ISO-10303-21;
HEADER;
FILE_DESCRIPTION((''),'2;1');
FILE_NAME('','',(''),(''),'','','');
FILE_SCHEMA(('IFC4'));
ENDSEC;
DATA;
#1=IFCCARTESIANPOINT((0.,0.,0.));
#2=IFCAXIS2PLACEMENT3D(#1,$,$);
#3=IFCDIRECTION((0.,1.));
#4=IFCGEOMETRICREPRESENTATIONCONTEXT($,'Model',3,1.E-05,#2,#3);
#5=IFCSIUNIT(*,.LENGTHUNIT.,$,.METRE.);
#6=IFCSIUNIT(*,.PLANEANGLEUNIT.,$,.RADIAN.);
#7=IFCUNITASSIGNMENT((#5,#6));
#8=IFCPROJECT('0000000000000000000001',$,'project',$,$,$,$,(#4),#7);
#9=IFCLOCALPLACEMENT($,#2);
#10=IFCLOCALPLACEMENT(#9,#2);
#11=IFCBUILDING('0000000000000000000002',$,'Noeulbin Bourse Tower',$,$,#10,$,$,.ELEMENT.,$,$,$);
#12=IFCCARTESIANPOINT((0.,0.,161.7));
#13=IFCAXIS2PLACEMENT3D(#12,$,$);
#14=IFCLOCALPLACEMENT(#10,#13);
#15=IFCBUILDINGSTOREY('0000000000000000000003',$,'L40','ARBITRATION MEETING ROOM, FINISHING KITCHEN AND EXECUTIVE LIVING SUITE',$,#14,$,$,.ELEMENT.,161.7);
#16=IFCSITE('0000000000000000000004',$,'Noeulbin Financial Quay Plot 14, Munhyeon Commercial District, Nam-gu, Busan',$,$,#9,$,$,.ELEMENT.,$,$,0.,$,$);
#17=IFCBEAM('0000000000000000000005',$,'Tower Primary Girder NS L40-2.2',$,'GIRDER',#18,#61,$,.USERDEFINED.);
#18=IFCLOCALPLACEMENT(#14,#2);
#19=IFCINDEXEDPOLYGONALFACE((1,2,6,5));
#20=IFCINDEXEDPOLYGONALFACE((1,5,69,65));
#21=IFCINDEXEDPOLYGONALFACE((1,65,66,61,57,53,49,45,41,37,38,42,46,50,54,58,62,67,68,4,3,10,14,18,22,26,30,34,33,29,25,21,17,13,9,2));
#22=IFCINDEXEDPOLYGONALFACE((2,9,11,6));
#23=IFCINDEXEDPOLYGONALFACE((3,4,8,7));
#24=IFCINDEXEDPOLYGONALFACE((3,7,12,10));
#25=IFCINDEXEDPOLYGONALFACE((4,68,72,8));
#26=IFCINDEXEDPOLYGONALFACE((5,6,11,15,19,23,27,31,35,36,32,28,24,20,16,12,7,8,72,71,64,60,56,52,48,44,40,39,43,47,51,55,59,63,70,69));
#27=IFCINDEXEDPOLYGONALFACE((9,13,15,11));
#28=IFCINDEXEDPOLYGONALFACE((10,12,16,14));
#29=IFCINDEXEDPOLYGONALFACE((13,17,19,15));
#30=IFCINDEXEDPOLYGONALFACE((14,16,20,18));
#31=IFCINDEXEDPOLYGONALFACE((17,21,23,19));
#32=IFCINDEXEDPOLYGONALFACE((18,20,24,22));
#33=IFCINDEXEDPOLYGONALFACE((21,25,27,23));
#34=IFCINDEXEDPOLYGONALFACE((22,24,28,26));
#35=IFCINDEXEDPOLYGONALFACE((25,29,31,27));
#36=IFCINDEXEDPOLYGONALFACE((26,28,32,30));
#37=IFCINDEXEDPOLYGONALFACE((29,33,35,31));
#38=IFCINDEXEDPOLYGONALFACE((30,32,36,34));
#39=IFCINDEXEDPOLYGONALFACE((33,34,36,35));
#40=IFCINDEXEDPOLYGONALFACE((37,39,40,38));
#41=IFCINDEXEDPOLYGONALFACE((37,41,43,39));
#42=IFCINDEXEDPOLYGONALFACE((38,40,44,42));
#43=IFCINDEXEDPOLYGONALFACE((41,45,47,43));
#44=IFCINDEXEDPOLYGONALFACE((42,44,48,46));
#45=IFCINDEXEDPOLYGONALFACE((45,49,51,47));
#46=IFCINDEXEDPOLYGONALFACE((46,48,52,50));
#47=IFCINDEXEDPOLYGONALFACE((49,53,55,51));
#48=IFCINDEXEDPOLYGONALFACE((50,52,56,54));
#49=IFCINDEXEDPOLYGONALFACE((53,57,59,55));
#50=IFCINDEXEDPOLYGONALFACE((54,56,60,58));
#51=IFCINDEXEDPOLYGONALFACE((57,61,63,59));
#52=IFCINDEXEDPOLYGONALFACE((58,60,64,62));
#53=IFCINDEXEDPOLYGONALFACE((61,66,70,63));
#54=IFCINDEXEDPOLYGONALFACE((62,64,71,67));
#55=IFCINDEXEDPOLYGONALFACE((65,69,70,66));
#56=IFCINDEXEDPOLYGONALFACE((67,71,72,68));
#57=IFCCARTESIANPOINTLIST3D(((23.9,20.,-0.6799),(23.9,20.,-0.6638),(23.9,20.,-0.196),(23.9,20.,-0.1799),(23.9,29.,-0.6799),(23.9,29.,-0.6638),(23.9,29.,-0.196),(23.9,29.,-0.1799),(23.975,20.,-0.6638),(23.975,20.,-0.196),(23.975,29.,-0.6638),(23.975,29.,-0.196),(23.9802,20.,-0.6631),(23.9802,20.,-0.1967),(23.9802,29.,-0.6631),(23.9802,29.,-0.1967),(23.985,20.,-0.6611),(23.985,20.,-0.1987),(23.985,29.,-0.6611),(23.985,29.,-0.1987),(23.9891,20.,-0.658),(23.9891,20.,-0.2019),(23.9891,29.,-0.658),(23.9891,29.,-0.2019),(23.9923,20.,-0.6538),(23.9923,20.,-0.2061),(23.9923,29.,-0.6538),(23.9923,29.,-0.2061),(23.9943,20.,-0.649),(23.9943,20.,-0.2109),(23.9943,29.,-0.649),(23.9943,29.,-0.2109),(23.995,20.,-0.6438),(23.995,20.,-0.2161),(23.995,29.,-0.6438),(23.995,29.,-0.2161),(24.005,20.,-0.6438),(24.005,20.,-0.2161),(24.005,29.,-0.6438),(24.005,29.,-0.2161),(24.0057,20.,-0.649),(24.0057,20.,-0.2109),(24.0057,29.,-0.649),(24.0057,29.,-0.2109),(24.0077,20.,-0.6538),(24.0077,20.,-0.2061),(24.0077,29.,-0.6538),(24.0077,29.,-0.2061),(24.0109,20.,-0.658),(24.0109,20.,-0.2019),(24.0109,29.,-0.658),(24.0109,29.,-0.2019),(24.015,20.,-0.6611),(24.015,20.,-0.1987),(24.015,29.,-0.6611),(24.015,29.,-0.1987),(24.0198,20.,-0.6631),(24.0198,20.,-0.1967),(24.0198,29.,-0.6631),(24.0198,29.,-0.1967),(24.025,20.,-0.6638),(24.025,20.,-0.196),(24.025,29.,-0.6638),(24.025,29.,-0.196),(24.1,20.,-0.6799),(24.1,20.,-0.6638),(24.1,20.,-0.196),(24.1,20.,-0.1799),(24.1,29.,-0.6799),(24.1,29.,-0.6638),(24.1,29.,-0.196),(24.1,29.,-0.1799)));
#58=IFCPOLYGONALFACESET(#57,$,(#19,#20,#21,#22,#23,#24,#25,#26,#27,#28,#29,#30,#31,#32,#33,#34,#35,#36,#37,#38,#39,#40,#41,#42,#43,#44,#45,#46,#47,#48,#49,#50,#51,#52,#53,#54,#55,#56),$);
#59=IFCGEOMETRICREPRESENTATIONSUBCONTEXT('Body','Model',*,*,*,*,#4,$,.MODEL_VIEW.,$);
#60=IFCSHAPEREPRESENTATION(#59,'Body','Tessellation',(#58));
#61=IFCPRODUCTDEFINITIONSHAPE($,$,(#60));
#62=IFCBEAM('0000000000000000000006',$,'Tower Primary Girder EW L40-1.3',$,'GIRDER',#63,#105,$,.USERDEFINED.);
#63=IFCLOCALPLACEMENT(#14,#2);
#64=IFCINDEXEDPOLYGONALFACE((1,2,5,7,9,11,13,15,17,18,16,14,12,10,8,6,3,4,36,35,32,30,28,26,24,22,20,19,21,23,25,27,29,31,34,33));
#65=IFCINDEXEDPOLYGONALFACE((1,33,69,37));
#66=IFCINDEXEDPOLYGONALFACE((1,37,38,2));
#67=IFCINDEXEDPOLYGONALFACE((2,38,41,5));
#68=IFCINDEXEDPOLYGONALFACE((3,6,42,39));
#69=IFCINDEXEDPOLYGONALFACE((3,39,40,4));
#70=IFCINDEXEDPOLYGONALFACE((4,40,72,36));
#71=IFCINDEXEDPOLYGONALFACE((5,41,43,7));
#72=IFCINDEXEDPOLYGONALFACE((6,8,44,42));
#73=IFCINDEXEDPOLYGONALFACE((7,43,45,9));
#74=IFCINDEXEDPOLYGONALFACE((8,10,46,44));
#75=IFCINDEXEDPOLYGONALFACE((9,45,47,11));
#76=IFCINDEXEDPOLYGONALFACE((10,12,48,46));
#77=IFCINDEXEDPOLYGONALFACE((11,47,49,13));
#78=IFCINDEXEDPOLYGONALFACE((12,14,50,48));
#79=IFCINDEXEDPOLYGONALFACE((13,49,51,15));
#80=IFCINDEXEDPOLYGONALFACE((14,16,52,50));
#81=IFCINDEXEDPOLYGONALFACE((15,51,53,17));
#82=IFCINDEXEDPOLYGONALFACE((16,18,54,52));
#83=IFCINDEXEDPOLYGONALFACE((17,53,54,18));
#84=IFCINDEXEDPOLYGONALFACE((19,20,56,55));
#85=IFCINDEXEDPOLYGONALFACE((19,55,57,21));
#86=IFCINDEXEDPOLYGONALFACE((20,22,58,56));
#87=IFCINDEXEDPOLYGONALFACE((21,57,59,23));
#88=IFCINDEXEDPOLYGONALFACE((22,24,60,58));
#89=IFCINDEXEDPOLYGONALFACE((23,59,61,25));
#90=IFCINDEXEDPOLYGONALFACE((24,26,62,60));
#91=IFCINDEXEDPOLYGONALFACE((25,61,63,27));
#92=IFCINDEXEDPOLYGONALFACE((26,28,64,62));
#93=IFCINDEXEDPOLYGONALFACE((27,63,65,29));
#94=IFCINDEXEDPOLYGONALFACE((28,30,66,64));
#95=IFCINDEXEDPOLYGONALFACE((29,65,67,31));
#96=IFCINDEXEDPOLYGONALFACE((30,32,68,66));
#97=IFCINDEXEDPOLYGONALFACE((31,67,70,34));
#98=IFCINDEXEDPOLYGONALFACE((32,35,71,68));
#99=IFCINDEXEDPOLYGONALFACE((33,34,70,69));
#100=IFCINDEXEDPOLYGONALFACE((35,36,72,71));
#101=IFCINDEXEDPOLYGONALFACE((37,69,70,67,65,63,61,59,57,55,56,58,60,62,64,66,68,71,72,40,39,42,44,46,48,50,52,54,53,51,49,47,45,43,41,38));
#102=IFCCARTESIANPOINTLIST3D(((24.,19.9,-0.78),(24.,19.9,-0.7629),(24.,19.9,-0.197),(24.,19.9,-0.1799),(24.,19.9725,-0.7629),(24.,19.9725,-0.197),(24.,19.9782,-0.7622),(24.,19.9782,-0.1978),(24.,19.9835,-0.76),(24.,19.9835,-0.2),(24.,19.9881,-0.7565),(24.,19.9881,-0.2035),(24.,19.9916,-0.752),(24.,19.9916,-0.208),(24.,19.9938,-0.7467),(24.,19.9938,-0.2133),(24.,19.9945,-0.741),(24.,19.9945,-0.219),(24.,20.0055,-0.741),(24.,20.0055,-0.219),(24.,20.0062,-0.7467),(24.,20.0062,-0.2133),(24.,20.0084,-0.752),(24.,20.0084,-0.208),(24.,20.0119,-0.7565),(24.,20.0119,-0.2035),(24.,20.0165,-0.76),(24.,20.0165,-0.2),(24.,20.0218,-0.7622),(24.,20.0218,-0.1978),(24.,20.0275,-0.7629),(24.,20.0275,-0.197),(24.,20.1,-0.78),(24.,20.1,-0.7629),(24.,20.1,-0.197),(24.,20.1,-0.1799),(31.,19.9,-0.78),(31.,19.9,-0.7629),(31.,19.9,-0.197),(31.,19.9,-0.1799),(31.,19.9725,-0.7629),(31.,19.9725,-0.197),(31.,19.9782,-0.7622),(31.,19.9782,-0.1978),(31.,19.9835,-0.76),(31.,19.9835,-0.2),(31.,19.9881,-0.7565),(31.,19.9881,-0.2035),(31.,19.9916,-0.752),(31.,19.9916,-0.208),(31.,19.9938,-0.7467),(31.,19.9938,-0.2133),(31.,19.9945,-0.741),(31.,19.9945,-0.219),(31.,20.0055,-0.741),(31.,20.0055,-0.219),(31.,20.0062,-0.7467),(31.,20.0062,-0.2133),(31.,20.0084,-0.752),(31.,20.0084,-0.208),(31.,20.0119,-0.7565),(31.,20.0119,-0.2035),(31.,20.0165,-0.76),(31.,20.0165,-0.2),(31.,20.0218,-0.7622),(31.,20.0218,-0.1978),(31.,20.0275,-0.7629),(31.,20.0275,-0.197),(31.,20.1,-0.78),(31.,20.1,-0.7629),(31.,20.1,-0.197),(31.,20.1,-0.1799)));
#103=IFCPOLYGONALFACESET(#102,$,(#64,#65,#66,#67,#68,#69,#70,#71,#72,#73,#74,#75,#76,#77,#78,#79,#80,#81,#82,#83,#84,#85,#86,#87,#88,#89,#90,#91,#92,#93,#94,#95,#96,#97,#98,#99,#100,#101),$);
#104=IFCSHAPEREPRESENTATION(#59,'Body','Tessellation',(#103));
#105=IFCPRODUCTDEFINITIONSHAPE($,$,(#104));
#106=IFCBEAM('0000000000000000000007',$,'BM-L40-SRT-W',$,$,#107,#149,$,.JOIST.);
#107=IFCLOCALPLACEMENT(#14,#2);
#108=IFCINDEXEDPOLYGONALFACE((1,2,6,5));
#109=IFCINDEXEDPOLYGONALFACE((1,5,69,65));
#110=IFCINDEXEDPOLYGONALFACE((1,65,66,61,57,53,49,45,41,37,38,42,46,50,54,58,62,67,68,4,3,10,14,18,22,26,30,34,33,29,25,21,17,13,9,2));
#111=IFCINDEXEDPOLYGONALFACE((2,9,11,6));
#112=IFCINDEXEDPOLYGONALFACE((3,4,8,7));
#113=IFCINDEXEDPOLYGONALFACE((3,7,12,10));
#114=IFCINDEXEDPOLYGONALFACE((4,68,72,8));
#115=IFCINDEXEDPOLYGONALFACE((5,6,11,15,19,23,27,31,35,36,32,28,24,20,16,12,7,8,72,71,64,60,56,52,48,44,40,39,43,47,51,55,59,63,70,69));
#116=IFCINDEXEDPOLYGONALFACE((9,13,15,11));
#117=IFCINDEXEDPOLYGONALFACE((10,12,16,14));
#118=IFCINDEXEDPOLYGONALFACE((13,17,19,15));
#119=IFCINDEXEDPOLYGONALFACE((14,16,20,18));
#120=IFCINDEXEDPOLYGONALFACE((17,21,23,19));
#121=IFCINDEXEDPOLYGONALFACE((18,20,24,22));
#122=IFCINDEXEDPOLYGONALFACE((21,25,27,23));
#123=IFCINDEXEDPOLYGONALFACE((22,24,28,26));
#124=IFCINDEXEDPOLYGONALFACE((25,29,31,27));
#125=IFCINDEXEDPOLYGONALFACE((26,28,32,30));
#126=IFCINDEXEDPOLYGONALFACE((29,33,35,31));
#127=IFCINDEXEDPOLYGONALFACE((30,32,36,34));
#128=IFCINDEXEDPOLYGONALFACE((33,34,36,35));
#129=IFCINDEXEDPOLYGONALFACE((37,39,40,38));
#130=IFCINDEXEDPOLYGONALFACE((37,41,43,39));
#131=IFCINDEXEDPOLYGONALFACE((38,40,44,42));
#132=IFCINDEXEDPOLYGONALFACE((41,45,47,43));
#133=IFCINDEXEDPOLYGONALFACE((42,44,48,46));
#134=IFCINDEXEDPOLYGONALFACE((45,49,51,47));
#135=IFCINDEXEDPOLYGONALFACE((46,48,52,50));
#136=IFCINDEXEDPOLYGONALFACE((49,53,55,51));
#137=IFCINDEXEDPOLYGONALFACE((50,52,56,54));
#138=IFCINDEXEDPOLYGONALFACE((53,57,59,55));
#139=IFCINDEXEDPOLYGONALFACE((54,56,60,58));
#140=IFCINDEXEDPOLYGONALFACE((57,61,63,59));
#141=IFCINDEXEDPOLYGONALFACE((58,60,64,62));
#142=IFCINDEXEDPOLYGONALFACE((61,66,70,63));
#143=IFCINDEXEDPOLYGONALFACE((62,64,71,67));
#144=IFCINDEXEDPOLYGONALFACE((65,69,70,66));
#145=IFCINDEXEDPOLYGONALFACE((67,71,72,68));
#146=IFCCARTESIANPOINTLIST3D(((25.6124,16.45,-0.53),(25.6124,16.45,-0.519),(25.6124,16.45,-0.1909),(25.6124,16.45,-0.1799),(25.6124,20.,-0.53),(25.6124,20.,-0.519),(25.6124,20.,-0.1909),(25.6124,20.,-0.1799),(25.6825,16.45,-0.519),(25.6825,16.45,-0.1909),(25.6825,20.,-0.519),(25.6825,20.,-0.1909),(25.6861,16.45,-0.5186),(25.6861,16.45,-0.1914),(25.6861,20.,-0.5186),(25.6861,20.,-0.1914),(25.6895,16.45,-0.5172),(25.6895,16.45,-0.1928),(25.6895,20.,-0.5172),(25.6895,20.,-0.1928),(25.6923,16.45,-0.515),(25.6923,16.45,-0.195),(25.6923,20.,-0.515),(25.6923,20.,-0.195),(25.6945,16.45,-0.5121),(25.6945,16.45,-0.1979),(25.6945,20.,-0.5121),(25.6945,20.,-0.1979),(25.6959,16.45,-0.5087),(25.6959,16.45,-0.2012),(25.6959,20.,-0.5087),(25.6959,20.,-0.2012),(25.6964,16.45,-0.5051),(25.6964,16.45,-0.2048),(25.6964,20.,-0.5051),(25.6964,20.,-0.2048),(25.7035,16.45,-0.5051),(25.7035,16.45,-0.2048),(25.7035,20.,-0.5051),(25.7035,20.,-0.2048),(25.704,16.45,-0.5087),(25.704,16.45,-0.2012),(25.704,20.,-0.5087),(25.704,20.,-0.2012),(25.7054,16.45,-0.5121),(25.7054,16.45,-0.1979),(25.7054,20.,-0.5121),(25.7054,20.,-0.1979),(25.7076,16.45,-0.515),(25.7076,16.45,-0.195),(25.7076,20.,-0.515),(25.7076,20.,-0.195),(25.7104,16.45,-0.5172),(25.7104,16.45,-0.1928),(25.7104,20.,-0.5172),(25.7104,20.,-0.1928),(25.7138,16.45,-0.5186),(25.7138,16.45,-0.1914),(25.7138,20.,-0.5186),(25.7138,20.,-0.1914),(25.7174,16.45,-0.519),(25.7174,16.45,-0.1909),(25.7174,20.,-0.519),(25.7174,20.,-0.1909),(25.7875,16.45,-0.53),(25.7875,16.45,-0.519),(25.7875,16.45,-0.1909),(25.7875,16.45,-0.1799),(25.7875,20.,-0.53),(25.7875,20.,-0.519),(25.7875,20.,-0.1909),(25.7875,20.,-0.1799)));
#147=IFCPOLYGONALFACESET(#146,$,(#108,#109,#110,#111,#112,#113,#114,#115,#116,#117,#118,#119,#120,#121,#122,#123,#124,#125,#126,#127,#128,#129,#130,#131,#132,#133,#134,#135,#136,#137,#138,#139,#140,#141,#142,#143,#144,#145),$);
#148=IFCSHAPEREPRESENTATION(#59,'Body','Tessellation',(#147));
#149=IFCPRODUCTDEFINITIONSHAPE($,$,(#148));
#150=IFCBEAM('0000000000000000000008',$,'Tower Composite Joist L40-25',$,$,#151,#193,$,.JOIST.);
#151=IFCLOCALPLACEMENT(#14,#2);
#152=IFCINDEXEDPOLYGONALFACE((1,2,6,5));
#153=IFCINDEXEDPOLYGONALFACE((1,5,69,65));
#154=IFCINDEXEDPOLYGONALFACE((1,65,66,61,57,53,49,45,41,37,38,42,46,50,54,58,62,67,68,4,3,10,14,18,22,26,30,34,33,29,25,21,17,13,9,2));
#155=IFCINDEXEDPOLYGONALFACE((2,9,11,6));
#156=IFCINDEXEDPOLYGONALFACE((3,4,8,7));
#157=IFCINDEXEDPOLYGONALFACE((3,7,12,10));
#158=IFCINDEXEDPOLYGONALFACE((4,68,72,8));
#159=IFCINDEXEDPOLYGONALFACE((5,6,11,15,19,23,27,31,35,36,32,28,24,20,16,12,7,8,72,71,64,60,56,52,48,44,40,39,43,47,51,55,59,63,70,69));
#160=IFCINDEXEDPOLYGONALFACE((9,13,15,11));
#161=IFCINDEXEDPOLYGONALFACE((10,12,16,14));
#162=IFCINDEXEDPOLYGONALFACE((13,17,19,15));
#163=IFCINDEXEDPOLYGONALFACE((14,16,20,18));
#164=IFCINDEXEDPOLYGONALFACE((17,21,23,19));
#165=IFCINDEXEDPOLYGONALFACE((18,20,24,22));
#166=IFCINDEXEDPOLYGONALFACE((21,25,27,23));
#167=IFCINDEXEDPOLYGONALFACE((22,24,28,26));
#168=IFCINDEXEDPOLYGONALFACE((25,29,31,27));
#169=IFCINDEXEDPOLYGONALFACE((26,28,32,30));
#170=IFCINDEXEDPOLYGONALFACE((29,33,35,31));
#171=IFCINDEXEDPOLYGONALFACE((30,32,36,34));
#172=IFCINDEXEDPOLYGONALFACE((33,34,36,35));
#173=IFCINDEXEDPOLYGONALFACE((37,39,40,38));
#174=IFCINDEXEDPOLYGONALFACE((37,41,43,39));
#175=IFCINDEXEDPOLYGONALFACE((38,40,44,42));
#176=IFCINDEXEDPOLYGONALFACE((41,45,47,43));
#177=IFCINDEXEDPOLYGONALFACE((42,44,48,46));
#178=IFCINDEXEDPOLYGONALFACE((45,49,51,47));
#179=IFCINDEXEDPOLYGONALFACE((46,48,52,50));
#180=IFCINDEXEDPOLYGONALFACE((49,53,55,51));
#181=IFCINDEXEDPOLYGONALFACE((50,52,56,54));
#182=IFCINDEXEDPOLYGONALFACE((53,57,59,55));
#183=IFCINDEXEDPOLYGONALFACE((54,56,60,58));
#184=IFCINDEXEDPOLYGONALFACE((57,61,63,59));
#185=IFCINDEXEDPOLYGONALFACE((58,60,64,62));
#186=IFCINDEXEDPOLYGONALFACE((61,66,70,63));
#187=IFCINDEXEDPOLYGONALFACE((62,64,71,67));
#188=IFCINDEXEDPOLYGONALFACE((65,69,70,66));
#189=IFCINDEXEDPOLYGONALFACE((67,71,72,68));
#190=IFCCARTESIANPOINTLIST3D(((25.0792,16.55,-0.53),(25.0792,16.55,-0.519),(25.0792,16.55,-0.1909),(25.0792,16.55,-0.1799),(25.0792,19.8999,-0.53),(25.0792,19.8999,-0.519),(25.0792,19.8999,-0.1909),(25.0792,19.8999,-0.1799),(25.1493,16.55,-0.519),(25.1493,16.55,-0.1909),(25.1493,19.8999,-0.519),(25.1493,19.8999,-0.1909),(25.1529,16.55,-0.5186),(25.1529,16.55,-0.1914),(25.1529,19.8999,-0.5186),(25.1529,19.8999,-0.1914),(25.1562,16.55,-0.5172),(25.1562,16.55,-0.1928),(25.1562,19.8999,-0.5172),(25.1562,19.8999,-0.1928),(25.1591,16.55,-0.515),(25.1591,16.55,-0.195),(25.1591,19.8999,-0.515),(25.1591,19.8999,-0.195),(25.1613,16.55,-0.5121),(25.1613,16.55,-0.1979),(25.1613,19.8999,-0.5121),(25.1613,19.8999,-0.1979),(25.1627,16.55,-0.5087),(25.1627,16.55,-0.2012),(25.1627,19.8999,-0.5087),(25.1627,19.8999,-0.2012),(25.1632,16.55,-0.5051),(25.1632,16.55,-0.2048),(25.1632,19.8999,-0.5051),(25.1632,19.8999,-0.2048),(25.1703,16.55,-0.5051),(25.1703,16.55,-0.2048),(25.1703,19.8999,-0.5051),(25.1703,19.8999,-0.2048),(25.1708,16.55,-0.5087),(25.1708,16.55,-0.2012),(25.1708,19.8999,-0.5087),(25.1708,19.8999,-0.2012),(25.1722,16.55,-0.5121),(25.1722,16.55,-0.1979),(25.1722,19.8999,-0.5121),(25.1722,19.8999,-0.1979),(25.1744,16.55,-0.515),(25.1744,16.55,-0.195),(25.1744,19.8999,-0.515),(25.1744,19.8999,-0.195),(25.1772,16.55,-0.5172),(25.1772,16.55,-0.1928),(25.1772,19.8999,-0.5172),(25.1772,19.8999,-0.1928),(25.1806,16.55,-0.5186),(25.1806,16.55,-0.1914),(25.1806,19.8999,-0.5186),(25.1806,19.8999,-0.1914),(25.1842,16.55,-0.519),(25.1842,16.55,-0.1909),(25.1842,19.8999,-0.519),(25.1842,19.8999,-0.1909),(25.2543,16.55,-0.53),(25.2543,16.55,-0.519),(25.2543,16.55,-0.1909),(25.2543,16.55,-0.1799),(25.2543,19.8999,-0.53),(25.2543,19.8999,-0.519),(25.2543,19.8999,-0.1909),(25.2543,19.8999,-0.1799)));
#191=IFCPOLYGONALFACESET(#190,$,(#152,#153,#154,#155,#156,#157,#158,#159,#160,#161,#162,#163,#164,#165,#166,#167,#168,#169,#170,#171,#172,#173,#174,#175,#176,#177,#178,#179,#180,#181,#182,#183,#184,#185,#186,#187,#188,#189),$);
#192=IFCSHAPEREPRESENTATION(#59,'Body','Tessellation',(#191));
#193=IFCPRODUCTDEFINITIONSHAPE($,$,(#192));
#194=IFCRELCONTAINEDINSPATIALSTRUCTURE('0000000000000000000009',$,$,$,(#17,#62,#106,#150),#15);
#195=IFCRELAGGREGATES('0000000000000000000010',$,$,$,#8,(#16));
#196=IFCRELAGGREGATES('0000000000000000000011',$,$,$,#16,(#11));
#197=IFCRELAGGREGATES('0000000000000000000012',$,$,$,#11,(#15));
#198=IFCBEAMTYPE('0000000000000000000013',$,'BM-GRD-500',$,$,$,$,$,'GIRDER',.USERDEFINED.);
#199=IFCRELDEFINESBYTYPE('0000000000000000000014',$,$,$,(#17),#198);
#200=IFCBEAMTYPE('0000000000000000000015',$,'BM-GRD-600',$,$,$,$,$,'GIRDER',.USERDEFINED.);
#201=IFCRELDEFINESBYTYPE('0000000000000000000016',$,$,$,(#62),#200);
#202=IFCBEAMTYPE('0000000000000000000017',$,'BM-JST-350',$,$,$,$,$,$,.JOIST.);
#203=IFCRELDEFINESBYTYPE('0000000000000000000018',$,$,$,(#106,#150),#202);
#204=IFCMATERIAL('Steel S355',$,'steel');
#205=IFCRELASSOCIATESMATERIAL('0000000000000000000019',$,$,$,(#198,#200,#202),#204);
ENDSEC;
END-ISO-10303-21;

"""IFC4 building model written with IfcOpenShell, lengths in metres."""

from ifc_helpers import new_model, si_unit, direction, frame, origin, origin_2d, place, context, subcontext, project, spatial, i_section, extrude, material, material_profile, profile_set, type_object, element, save


model = new_model("IFC4")

# Units and contexts
model_context = context("Model", 3, precision=1e-05, world=origin(), true_north=direction((0.0, 1.0)))
body_context = subcontext(model_context, "Body", "Model", "MODEL_VIEW")
ifc_project = project(units=[si_unit("LENGTHUNIT", "METRE"), si_unit("PLANEANGLEUNIT", "RADIAN")], contexts=[model_context])

# Site, building, storey
site_placement = place(None, origin())
site = spatial("IfcSite", under=ifc_project, at=site_placement, Name="Noeulbin Financial Quay Plot 14, Munhyeon Commercial District, Nam-gu, Busan", CompositionType="ELEMENT", RefElevation=0.0)
building_placement = place(site_placement, origin())
building = spatial("IfcBuilding", under=site, at=building_placement, Name="Noeulbin Bourse Tower", CompositionType="ELEMENT")
storey_placement = place(building_placement, frame((0.0, 0.0, 161.7)))
storey = spatial("IfcBuildingStorey", under=building, at=storey_placement, Name="L40", Description="ARBITRATION MEETING ROOM, FINISHING KITCHEN AND EXECUTIVE LIVING SUITE", CompositionType="ELEMENT", Elevation=161.7)

# Beams
ifc_material_1 = material(Name="Steel S355", Category="steel")
ifc_material_profile_1 = material_profile(ifc_material_1, i_section(OverallWidth=0.2, OverallDepth=0.5, WebThickness=0.01, FlangeThickness=0.0161, FilletRadius=0.02, at=origin_2d()), Name="H-500x200x10x16", Category="LoadBearing")
ifc_profile_set_1 = profile_set([ifc_material_profile_1], Name="Steel S355")
beam_type_1 = type_object("IfcBeamType", Name="BM-GRD-500", ElementType="GIRDER", PredefinedType="USERDEFINED", material=ifc_profile_set_1)
beam_1_placement = place(storey_placement, frame((24.0, 20.0, -0.4299), z_axis=(0.0, 1.0, 0.0), x_axis=(-1.0, 0.0, 0.0)))
element("IfcBeam", 1, at=beam_1_placement, inside=storey, type_object=beam_type_1, Name="Tower Primary Girder NS L40-2.2", ObjectType="GIRDER", PredefinedType="USERDEFINED", context=body_context, shape_type="SweptSolid", body=[
    extrude(i_section(OverallWidth=0.2, OverallDepth=0.5, WebThickness=0.01, FlangeThickness=0.0161, FilletRadius=0.02, at=origin_2d()), origin(), (0.0, 0.0, 1.0), 9.0),
])
ifc_material_profile_2 = material_profile(ifc_material_1, i_section(OverallWidth=0.2, OverallDepth=0.6001, WebThickness=0.011, FlangeThickness=0.0171, FilletRadius=0.022, at=origin_2d()), Name="H-600x200x11x17", Category="LoadBearing")
ifc_profile_set_2 = profile_set([ifc_material_profile_2], Name="Steel S355")
beam_type_2 = type_object("IfcBeamType", Name="BM-GRD-600", ElementType="GIRDER", PredefinedType="USERDEFINED", material=ifc_profile_set_2)
beam_2_placement = place(storey_placement, frame((24.0, 20.0, -0.48), z_axis=(1.0, 0.0, 0.0), x_axis=(0.0, 1.0, 0.0)))
element("IfcBeam", 2, at=beam_2_placement, inside=storey, type_object=beam_type_2, Name="Tower Primary Girder EW L40-1.3", ObjectType="GIRDER", PredefinedType="USERDEFINED", context=body_context, shape_type="SweptSolid", body=[
    extrude(i_section(OverallWidth=0.2, OverallDepth=0.6001, WebThickness=0.011, FlangeThickness=0.0171, FilletRadius=0.022, at=origin_2d()), origin(), (0.0, 0.0, 1.0), 7.0),
])
ifc_material_profile_3 = material_profile(ifc_material_1, i_section(OverallWidth=0.175, OverallDepth=0.3501, WebThickness=0.0071, FlangeThickness=0.011, FilletRadius=0.0139, at=origin_2d()), Name="H-350x175x7x11", Category="LoadBearing")
ifc_profile_set_3 = profile_set([ifc_material_profile_3], Name="Steel S355")
beam_type_3 = type_object("IfcBeamType", Name="BM-JST-350", PredefinedType="JOIST", material=ifc_profile_set_3)
beam_3_placement = place(storey_placement, frame((25.7, 16.45, -0.355), z_axis=(0.0, 1.0, 0.0), x_axis=(-1.0, 0.0, 0.0)))
element("IfcBeam", 3, at=beam_3_placement, inside=storey, type_object=beam_type_3, Name="BM-L40-SRT-W", PredefinedType="JOIST", context=body_context, shape_type="SweptSolid", body=[
    extrude(i_section(OverallWidth=0.175, OverallDepth=0.3501, WebThickness=0.0071, FlangeThickness=0.011, FilletRadius=0.0139, at=origin_2d()), origin(), (0.0, 0.0, 1.0), 3.55),
])
beam_4_placement = place(storey_placement, frame((25.1667, 16.55, -0.355), z_axis=(0.0, 1.0, 0.0), x_axis=(-1.0, 0.0, 0.0)))
element("IfcBeam", 4, at=beam_4_placement, inside=storey, type_object=beam_type_3, Name="Tower Composite Joist L40-25", PredefinedType="JOIST", context=body_context, shape_type="SweptSolid", body=[
    extrude(i_section(OverallWidth=0.175, OverallDepth=0.3501, WebThickness=0.0071, FlangeThickness=0.011, FilletRadius=0.0139, at=origin_2d()), origin(), (0.0, 0.0, 1.0), 3.3499),
])

save(model, "model.ifc")
